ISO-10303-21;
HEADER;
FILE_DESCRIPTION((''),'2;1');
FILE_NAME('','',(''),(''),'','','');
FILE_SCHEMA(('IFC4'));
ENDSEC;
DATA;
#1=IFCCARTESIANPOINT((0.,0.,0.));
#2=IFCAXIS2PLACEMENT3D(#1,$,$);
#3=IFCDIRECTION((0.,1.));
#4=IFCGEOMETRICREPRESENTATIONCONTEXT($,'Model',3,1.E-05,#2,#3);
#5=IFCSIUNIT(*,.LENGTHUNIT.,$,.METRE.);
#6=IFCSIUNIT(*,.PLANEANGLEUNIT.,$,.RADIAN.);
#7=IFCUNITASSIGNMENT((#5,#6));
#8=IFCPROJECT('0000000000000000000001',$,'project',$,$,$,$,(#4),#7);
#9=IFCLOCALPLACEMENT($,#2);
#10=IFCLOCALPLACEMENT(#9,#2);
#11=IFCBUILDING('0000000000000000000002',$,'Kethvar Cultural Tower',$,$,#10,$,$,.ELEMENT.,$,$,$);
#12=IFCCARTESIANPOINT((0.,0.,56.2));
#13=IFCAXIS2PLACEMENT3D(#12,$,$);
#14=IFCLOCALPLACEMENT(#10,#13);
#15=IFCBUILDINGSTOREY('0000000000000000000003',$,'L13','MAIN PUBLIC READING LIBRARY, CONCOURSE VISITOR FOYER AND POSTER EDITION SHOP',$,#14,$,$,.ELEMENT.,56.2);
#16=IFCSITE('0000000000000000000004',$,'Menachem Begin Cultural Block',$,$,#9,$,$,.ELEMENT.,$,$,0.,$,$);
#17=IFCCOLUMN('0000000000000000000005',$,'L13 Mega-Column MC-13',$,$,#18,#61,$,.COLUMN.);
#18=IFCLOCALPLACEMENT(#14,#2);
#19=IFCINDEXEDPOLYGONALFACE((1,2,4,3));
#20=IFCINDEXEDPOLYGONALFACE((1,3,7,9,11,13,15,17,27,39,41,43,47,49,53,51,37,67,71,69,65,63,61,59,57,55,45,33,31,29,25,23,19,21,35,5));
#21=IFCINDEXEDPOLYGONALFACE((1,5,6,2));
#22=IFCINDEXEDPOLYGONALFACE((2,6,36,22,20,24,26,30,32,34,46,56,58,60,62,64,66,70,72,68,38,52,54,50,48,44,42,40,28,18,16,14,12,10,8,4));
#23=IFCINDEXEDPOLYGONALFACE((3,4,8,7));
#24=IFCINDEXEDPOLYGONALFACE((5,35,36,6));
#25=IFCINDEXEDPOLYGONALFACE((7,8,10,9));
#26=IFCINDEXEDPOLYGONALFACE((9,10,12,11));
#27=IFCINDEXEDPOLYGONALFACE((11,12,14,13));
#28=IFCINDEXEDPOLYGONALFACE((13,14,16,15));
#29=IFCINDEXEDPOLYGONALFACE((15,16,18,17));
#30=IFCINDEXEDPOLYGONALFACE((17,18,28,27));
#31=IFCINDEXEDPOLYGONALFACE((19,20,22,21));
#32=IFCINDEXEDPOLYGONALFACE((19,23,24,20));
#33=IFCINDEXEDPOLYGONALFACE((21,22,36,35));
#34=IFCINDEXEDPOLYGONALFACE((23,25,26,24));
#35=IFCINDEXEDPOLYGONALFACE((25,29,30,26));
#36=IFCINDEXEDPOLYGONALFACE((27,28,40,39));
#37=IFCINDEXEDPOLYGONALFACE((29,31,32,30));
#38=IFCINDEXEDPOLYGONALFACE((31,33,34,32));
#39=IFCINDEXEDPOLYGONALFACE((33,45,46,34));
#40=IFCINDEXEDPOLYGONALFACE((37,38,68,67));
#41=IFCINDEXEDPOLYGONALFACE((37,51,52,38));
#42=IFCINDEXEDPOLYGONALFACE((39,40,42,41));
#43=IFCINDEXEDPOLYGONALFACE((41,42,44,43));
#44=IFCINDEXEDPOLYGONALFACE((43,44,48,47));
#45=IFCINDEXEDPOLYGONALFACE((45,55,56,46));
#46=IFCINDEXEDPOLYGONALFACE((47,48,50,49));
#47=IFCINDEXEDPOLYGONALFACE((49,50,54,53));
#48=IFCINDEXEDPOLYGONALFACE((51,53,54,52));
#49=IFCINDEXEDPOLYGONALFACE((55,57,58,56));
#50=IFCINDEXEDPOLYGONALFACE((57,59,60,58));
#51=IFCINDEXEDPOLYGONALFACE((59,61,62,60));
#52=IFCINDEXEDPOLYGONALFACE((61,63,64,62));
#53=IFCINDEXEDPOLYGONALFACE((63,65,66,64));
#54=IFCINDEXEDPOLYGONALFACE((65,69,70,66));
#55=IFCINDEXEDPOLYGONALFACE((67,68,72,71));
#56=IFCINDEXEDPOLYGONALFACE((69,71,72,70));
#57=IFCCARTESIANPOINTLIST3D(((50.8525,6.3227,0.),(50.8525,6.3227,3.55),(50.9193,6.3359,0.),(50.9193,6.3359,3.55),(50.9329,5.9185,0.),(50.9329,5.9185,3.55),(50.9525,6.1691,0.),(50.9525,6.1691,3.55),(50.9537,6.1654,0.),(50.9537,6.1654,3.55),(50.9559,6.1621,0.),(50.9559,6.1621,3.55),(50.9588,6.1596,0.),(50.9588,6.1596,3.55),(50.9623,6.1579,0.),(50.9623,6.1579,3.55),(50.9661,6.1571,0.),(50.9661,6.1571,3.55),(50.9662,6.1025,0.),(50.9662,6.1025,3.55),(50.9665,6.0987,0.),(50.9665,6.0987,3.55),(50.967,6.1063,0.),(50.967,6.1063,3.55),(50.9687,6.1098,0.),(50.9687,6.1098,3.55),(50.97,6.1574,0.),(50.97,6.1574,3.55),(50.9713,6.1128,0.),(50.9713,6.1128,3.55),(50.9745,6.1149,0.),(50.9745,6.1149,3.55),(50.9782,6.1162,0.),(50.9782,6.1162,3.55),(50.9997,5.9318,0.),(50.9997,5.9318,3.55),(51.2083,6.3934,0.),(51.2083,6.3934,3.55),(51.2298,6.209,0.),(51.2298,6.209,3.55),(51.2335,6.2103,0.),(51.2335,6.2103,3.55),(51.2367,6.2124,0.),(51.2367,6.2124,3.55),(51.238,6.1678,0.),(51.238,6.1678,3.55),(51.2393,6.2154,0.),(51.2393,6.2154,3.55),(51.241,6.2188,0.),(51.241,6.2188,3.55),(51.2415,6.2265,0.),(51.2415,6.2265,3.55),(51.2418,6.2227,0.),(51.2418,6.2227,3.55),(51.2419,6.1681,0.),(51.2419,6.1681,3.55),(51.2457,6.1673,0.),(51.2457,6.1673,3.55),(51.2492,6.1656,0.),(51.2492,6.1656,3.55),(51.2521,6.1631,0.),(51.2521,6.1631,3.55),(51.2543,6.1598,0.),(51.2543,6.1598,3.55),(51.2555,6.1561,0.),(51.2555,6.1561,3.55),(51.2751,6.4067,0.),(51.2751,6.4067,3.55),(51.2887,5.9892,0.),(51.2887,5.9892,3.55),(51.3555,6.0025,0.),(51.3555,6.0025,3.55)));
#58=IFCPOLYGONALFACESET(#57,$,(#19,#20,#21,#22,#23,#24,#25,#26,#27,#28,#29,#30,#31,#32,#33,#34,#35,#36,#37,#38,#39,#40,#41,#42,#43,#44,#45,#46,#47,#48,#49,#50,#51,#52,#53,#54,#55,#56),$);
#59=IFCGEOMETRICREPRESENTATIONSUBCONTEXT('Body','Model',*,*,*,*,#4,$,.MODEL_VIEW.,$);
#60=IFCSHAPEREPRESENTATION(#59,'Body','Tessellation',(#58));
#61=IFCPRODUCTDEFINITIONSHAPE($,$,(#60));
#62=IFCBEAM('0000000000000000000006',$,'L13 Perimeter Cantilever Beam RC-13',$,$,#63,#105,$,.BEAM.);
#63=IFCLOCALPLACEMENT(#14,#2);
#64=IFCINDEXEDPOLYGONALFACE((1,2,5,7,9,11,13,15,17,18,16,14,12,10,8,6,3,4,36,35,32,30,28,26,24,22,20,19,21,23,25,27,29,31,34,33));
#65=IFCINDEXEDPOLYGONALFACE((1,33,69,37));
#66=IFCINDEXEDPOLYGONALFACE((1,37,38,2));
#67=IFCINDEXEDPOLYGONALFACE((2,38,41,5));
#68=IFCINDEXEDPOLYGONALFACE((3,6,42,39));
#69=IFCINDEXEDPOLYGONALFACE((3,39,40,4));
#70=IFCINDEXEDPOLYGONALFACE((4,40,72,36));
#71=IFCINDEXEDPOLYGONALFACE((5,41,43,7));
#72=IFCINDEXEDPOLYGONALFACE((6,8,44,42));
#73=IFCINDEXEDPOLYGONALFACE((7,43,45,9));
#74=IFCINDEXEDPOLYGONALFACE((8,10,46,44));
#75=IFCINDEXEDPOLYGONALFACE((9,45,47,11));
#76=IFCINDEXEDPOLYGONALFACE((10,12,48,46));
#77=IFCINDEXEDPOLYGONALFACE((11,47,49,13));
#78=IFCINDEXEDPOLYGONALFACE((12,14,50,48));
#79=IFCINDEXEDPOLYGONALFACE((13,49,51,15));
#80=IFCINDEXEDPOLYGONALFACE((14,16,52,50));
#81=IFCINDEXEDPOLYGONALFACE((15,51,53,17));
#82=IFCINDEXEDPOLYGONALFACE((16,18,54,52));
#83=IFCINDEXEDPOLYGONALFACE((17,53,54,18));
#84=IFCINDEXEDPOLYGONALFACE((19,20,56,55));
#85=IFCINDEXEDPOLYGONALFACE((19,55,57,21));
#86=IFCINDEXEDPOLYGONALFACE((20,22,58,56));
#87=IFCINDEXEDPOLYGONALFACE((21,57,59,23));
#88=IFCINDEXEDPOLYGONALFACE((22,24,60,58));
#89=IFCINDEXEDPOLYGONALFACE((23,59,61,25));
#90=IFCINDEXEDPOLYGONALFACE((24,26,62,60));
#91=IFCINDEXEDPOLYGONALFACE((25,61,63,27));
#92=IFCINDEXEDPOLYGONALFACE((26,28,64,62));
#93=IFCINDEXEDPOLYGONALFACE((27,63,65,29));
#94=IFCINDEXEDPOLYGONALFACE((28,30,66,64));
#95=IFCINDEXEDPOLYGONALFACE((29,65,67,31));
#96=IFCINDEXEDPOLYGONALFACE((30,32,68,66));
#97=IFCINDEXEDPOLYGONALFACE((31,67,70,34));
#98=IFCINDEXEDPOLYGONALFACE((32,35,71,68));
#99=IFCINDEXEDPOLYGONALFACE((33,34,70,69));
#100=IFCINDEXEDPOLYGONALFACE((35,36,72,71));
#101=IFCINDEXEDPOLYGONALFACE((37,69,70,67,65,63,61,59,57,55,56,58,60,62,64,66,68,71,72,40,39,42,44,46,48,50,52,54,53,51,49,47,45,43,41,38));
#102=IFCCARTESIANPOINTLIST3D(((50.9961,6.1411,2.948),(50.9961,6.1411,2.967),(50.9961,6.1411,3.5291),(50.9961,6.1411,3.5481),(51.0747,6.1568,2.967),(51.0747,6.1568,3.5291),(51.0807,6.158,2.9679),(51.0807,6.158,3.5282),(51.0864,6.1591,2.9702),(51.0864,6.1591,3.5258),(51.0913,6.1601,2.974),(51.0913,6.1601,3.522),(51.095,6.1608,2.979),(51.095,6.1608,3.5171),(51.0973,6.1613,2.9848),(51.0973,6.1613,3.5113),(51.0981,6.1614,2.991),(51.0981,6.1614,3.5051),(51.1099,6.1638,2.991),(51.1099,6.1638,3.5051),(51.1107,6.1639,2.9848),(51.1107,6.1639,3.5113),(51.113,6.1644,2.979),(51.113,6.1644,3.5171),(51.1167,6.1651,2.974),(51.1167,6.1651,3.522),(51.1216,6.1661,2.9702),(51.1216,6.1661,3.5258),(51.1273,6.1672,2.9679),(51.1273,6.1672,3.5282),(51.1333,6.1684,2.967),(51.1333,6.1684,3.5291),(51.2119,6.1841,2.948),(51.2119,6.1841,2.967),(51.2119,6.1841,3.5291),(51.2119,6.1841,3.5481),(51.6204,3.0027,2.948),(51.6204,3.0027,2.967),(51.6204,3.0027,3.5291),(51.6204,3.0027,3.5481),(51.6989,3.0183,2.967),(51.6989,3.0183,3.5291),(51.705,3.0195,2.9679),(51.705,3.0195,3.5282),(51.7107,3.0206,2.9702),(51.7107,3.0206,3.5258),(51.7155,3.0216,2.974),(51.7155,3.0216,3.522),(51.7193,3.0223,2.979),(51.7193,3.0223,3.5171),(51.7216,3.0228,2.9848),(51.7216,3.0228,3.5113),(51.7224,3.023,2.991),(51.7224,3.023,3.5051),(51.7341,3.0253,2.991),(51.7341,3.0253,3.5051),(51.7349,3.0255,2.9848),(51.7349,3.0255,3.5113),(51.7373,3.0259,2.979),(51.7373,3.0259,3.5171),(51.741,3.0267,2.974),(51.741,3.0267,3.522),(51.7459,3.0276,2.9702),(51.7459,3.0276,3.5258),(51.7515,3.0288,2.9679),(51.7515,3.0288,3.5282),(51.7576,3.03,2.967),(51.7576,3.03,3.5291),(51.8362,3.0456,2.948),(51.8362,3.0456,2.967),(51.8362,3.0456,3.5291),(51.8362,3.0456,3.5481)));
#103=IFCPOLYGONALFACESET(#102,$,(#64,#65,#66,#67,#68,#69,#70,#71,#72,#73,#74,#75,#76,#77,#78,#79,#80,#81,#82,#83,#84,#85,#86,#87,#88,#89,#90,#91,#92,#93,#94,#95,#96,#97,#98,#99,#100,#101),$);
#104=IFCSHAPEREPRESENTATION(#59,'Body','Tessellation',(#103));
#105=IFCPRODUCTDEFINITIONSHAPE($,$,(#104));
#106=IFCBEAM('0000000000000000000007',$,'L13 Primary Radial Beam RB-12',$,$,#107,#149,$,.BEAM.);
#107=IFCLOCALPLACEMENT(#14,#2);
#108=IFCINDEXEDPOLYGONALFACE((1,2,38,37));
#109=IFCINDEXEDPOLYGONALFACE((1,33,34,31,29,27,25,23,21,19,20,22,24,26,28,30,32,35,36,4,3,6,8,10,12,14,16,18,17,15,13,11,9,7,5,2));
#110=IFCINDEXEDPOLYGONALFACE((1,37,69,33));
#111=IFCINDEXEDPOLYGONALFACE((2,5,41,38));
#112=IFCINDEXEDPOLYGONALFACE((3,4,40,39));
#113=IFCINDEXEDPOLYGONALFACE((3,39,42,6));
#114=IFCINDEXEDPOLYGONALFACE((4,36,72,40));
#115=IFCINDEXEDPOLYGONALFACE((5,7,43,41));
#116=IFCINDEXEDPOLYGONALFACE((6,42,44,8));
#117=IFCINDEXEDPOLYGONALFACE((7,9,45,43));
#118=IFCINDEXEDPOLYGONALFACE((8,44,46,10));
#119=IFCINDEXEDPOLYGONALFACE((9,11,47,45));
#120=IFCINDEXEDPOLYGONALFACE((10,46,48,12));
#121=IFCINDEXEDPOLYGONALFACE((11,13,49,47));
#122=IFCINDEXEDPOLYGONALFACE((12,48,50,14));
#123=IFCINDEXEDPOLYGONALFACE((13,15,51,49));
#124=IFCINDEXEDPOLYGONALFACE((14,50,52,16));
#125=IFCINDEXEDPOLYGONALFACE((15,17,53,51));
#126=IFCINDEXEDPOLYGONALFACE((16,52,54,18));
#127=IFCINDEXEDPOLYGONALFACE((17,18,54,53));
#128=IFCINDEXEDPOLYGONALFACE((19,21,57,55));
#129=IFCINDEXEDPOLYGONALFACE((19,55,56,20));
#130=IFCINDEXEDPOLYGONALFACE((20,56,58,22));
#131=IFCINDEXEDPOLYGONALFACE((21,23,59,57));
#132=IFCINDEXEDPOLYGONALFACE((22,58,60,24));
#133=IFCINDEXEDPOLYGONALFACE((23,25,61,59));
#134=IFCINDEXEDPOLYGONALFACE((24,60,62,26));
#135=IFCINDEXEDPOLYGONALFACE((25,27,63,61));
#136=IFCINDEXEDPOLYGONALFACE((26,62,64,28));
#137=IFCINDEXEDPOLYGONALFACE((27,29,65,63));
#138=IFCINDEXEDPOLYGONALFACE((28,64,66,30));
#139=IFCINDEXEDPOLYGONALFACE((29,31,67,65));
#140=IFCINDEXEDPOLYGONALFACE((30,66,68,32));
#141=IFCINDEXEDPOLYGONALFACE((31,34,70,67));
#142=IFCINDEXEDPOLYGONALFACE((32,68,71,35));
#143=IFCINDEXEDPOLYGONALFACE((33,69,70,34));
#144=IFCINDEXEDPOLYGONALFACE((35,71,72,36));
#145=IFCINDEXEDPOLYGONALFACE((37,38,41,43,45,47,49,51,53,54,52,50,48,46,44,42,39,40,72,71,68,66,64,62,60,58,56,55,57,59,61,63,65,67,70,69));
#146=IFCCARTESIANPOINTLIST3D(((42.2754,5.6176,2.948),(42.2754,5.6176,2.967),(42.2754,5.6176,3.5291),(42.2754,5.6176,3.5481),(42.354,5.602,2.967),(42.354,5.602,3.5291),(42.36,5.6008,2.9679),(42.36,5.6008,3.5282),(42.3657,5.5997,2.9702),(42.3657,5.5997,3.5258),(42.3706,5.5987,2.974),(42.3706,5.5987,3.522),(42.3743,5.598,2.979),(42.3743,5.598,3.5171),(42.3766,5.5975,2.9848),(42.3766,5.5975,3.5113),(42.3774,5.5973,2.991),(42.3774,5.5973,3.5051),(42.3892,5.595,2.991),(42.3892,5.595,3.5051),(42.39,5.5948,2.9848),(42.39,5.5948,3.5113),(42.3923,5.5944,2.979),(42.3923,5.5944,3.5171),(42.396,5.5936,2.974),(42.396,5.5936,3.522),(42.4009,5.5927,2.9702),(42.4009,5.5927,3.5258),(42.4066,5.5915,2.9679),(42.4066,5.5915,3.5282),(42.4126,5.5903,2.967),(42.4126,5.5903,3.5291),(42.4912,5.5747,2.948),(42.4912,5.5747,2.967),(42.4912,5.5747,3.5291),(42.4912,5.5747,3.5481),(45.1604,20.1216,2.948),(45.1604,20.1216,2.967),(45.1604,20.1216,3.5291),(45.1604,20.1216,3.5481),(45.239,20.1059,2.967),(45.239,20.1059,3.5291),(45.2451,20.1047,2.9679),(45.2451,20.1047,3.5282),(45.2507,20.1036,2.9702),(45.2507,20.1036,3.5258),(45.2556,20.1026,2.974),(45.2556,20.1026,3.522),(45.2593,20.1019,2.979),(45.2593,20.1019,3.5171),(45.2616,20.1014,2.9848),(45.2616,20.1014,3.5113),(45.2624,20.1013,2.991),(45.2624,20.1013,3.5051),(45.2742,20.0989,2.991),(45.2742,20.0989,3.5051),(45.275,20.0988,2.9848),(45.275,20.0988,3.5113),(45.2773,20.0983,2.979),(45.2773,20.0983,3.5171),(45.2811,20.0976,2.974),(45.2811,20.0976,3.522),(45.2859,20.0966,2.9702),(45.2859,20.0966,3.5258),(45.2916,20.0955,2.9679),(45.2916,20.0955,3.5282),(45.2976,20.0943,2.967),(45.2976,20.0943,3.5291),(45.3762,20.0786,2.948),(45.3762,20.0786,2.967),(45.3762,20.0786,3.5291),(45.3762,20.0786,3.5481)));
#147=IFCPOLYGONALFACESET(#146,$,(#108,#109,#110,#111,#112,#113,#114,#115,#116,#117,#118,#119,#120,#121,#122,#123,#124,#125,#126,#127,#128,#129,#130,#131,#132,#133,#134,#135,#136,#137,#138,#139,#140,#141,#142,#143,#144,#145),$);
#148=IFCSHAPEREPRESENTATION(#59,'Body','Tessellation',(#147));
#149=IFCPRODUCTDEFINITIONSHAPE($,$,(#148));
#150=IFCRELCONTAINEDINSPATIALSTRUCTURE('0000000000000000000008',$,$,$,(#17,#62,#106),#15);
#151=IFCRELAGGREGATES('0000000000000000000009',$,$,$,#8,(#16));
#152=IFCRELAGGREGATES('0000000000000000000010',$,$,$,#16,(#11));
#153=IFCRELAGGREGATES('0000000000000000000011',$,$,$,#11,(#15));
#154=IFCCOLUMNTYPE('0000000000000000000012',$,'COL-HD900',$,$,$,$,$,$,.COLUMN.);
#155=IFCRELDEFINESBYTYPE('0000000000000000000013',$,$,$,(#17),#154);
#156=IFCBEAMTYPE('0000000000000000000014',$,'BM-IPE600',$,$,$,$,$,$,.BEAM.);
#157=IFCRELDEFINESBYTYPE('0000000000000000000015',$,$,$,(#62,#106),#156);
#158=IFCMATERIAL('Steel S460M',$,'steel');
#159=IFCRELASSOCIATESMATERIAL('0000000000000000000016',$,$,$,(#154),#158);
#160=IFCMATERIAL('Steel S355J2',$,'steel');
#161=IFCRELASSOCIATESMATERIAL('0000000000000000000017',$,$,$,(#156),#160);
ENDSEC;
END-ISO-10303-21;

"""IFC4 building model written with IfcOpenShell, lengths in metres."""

from ifc_helpers import new_model, si_unit, direction, frame, origin, origin_2d, place, context, subcontext, project, spatial, i_section, extrude, source, transform, mapped, material, material_profile, profile_set, type_object, element, save


model = new_model("IFC4")

# Units and contexts
model_context = context("Model", 3, precision=1e-05, world=origin(), true_north=direction((0.0, 1.0)))
body_context = subcontext(model_context, "Body", "Model", "MODEL_VIEW")
ifc_project = project(units=[si_unit("LENGTHUNIT", "METRE"), si_unit("PLANEANGLEUNIT", "RADIAN")], contexts=[model_context])

# Site, building, storey
site_placement = place(None, origin())
site = spatial("IfcSite", under=ifc_project, at=site_placement, Name="Menachem Begin Cultural Block", CompositionType="ELEMENT", RefElevation=0.0)
building_placement = place(site_placement, origin())
building = spatial("IfcBuilding", under=site, at=building_placement, Name="Kethvar Cultural Tower", CompositionType="ELEMENT")
storey_placement = place(building_placement, frame((0.0, 0.0, 56.2)))
storey = spatial("IfcBuildingStorey", under=building, at=storey_placement, Name="L13", Description="MAIN PUBLIC READING LIBRARY, CONCOURSE VISITOR FOYER AND POSTER EDITION SHOP", CompositionType="ELEMENT", Elevation=56.2)

# Column
ifc_material_1 = material(Name="Steel S460M", Category="steel")
ifc_material_profile_1 = material_profile(ifc_material_1, i_section(OverallWidth=0.4121, OverallDepth=0.4309, WebThickness=0.042, FlangeThickness=0.0681, FilletRadius=0.0149, at=origin_2d()), Name="Steel S460M — HD400x900")
ifc_profile_set_1 = profile_set([ifc_material_profile_1], Name="Steel S460M — HD400x900")
column_type = type_object("IfcColumnType", Name="COL-HD900", PredefinedType="COLUMN", material=ifc_profile_set_1)
shared_shape_1 = source(origin(), body_context, "Body", "SweptSolid", [
    extrude(i_section(OverallWidth=0.4121, OverallDepth=0.4309, WebThickness=0.042, FlangeThickness=0.0681, FilletRadius=0.0149, at=origin_2d()), origin(), (0.0, 0.0, 1.0), 3.55),
])
column_placement = place(storey_placement, frame((51.104, 6.1626, 0.0), z_axis=(0.0, 0.0, 1.0), x_axis=(0.19509, -0.980785, 0.0)))
element("IfcColumn", 1, at=column_placement, inside=storey, type_object=column_type, Name="L13 Mega-Column MC-13", PredefinedType="COLUMN", context=body_context, shape_type="MappedRepresentation", body=[
    mapped(shared_shape_1, transform((0.0, 0.0, 0.0), scale=1.0)),
])

# Beams
ifc_material_2 = material(Name="Steel S355J2", Category="steel")
ifc_material_profile_2 = material_profile(ifc_material_2, i_section(OverallWidth=0.22, OverallDepth=0.6001, WebThickness=0.012, FlangeThickness=0.019, FilletRadius=0.0239, at=origin_2d()), Name="Steel S355J2 — IPE600")
ifc_profile_set_2 = profile_set([ifc_material_profile_2], Name="Steel S355J2 — IPE600")
beam_type_1 = type_object("IfcBeamType", Name="BM-IPE600", PredefinedType="BEAM", material=ifc_profile_set_2)
shared_shape_2 = source(origin(), body_context, "Body", "SweptSolid", [
    extrude(i_section(OverallWidth=0.22, OverallDepth=0.6001, WebThickness=0.012, FlangeThickness=0.019, FilletRadius=0.0239, at=origin_2d()), origin(), (0.0, 0.0, 1.0), 3.2),
])
beam_1_placement = place(storey_placement, frame((51.104, 6.1626, 3.248), z_axis=(0.195089, -0.980786, 0.0), x_axis=(0.980786, 0.195089, 0.0)))
element("IfcBeam", 2, at=beam_1_placement, inside=storey, type_object=beam_type_1, Name="L13 Perimeter Cantilever Beam RC-13", PredefinedType="BEAM", context=body_context, shape_type="MappedRepresentation", body=[
    mapped(shared_shape_2, transform((0.0, 0.0, 0.0), scale=1.0)),
])
shared_shape_3 = source(origin(), body_context, "Body", "SweptSolid", [
    extrude(i_section(OverallWidth=0.22, OverallDepth=0.6001, WebThickness=0.012, FlangeThickness=0.019, FilletRadius=0.0239, at=origin_2d()), origin(), (0.0, 0.0, 1.0), 14.7881),
])
beam_2_placement = place(storey_placement, frame((45.2683, 20.1001, 3.248), z_axis=(-0.195091, -0.980785, 0.0), x_axis=(0.980785, -0.195091, 0.0)))
element("IfcBeam", 3, at=beam_2_placement, inside=storey, type_object=beam_type_1, Name="L13 Primary Radial Beam RB-12", PredefinedType="BEAM", context=body_context, shape_type="MappedRepresentation", body=[
    mapped(shared_shape_3, transform((0.0, 0.0, 0.0), scale=1.0)),
])

save(model, "model.ifc")
